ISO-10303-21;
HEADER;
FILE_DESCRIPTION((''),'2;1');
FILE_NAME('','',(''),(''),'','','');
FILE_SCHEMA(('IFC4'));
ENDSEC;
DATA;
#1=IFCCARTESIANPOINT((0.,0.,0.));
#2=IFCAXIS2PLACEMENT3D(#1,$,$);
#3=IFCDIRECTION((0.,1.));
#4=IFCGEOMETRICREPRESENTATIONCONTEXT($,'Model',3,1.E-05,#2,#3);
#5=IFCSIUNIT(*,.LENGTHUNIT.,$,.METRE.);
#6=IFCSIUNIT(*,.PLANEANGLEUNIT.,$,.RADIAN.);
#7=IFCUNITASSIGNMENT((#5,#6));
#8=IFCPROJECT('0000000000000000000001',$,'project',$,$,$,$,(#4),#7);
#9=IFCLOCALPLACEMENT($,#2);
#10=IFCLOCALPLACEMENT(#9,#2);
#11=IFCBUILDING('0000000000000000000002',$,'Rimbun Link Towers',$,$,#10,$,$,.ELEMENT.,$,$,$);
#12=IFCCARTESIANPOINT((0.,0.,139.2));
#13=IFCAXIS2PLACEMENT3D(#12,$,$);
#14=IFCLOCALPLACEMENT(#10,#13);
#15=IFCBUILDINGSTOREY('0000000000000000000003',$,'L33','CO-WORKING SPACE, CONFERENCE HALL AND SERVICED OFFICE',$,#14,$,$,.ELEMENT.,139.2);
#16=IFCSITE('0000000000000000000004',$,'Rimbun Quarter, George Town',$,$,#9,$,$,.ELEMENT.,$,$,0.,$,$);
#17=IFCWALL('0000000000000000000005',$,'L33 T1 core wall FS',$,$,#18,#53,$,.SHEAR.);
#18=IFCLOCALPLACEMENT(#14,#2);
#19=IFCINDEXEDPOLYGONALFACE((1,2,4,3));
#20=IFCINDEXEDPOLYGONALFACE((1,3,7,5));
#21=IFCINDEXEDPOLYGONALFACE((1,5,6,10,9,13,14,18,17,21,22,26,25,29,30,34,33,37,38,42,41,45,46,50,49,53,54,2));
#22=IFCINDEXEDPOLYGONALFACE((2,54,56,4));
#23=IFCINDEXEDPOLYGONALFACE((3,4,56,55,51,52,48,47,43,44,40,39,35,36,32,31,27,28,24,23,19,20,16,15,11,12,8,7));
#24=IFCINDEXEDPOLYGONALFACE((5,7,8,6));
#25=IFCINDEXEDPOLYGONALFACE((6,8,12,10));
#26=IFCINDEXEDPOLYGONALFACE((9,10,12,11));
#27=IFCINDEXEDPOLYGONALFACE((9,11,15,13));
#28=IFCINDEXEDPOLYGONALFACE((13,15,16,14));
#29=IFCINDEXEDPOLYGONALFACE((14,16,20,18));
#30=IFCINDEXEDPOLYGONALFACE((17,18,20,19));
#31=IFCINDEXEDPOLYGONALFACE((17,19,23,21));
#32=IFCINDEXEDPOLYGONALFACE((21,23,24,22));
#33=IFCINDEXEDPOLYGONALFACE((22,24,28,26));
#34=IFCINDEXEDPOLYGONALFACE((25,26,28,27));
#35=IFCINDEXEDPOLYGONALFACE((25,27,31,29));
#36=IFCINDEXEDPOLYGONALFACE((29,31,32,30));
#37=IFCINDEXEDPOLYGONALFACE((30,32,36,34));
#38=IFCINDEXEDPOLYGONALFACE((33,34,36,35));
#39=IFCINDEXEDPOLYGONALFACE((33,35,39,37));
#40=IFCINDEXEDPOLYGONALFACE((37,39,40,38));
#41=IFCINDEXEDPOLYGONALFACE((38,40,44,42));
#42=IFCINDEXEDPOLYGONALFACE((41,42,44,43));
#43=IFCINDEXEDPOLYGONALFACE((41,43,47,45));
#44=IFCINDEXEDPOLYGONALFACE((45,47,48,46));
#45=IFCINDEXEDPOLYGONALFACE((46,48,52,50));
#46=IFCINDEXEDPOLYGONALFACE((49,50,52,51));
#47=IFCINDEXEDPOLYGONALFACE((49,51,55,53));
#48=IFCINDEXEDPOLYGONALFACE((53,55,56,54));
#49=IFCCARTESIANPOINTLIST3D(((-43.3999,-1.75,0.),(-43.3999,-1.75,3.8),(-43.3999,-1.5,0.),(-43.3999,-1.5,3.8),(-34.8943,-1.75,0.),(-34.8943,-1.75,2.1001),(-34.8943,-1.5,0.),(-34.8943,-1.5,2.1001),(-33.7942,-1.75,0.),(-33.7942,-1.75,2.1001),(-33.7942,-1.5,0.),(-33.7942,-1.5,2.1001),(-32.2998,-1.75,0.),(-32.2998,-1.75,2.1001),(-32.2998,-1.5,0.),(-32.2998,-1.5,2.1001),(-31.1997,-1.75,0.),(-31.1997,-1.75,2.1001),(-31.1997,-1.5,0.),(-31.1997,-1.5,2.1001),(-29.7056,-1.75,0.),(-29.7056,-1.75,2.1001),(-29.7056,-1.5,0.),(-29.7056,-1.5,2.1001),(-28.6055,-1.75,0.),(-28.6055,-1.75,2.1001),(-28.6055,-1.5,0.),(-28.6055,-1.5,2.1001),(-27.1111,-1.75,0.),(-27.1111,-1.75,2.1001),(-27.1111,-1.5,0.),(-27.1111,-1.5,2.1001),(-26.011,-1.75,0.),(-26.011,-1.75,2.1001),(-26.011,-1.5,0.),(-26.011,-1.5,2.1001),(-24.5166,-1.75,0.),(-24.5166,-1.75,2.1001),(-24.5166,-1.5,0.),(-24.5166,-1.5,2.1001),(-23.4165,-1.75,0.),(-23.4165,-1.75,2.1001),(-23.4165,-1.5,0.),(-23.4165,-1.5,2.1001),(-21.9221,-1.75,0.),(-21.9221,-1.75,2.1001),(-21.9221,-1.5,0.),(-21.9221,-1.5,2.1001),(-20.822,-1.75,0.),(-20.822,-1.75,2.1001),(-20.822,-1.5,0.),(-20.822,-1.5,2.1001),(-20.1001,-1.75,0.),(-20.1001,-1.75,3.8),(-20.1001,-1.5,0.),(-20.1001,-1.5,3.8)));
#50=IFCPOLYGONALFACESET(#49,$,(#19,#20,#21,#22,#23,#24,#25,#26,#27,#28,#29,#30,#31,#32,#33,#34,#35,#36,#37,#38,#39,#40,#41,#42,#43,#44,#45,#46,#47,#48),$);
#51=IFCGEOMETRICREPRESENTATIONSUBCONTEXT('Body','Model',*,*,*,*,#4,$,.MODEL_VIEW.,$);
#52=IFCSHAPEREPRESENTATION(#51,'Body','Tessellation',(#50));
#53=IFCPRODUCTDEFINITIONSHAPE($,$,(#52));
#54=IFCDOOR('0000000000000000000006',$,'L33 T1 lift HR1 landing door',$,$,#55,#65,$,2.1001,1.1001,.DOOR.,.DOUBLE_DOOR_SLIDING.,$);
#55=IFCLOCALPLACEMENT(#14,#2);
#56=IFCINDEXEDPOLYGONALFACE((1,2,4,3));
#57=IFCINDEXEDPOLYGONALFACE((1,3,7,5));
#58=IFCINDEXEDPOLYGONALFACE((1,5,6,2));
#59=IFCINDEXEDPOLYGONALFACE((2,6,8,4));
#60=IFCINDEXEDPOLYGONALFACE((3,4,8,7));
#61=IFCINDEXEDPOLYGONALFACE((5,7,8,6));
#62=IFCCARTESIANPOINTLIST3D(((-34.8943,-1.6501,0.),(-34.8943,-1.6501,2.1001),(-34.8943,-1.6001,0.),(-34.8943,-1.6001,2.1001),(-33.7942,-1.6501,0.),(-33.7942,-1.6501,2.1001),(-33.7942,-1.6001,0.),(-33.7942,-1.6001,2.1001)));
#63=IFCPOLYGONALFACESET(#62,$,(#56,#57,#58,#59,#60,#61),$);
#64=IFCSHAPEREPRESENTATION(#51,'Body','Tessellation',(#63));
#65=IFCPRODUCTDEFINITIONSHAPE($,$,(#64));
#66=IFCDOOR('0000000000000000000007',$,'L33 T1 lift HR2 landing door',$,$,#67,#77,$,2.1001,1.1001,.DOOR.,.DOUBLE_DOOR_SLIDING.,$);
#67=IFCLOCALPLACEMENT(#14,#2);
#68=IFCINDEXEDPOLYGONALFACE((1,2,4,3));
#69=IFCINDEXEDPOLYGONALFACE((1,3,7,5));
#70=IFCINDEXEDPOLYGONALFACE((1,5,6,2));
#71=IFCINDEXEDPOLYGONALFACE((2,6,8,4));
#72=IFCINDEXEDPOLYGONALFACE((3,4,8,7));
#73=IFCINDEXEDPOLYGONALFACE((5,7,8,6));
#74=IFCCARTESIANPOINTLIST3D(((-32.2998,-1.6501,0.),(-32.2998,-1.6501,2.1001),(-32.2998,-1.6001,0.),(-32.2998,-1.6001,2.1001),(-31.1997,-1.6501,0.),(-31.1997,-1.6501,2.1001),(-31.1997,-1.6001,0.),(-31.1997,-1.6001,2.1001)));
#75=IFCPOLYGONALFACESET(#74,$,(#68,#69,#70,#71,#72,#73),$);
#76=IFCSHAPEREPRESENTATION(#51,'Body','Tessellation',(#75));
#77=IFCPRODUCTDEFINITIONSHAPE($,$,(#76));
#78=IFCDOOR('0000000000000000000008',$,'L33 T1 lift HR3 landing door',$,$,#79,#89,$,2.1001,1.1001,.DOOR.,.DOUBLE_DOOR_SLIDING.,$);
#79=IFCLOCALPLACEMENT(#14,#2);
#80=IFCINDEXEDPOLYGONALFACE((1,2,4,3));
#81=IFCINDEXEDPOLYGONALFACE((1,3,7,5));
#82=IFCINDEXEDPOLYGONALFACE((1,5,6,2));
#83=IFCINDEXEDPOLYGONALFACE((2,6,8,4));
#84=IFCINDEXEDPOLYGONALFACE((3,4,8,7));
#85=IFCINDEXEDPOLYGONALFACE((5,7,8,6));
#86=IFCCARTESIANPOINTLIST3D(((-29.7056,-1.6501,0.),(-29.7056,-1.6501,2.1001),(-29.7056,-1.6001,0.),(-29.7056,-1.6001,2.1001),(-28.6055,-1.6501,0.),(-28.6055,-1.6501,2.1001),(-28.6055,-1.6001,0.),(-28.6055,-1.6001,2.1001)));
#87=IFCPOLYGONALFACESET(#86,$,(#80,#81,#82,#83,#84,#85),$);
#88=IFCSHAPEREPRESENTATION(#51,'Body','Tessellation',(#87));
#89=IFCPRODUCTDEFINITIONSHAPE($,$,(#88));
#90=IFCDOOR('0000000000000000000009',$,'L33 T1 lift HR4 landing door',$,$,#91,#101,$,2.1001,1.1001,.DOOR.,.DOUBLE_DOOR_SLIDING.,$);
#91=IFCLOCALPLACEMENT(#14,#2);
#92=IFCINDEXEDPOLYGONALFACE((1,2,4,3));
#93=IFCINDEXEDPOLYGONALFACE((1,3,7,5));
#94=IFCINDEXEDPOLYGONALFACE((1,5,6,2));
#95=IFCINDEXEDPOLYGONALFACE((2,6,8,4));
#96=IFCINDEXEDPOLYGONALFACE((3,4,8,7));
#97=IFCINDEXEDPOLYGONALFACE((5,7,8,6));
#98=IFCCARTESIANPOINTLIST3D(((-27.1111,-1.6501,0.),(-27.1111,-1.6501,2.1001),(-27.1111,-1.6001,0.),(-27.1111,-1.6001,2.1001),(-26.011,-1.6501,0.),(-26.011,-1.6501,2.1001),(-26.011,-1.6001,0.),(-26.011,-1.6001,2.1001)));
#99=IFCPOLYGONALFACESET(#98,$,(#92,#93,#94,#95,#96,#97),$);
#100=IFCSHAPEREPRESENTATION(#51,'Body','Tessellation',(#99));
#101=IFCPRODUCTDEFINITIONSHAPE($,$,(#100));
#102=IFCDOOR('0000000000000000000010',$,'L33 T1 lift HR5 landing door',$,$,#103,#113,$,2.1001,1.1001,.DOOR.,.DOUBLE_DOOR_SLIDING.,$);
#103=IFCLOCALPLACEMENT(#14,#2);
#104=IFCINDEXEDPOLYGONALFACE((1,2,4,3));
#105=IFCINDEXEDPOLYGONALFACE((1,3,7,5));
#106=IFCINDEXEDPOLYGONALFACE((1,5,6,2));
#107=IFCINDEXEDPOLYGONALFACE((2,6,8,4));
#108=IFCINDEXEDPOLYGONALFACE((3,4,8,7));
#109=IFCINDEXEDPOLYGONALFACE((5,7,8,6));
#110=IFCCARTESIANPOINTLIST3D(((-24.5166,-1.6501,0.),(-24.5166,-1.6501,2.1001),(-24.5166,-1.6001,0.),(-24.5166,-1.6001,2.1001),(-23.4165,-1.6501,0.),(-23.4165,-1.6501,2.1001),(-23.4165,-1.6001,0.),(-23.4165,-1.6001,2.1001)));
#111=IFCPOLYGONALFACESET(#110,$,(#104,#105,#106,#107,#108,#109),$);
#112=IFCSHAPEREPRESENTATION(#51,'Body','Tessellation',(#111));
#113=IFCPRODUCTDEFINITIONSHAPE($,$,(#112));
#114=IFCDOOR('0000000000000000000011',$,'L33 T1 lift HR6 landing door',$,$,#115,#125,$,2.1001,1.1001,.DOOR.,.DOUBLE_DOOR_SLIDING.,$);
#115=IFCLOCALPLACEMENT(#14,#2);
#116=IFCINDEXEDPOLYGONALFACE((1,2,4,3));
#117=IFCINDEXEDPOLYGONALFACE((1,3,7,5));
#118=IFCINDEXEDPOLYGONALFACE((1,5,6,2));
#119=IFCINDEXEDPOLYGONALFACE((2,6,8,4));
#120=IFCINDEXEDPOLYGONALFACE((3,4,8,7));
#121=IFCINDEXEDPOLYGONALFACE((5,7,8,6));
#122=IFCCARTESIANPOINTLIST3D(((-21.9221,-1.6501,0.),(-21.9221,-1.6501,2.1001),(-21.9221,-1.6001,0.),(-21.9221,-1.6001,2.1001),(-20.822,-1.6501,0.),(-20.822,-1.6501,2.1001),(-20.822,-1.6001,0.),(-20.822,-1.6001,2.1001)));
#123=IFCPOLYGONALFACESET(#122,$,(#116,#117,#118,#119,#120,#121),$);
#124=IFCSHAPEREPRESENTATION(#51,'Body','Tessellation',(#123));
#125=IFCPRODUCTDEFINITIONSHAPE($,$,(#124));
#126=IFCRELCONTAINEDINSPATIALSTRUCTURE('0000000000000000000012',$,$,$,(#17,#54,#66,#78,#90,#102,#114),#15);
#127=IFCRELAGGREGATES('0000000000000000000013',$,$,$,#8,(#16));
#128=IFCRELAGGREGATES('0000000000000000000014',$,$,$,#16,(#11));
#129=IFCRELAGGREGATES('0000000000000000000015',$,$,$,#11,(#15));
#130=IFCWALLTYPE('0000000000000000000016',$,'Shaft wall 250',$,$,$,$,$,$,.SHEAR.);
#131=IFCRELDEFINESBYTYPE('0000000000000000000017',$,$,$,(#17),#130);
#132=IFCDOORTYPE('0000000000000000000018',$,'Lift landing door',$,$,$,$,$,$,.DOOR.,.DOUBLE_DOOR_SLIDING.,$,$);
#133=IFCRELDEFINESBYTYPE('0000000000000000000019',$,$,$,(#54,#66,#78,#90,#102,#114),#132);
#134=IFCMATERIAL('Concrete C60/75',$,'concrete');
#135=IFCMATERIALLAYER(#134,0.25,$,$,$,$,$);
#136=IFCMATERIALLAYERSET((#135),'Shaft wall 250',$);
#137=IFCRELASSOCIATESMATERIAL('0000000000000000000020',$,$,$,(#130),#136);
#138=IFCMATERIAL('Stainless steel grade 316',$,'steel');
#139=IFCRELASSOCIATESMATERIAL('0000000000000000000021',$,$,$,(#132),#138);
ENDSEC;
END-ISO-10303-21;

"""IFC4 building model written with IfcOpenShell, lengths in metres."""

from ifc_helpers import new_model, si_unit, direction, frame, frame_2d, origin, place, context, subcontext, project, spatial, rectangle, extrude, material, layer, layer_set, type_object, element, fill, save


model = new_model("IFC4")

# Units and contexts
model_context = context("Model", 3, precision=1e-05, world=origin(), true_north=direction((0.0, 1.0)))
body_context = subcontext(model_context, "Body", "Model", "MODEL_VIEW")
ifc_project = project(units=[si_unit("LENGTHUNIT", "METRE"), si_unit("PLANEANGLEUNIT", "RADIAN")], contexts=[model_context])

# Site, building, storey
site_placement = place(None, origin())
site = spatial("IfcSite", under=ifc_project, at=site_placement, Name="Rimbun Quarter, George Town", CompositionType="ELEMENT", RefElevation=0.0)
building_placement = place(site_placement, origin())
building = spatial("IfcBuilding", under=site, at=building_placement, Name="Rimbun Link Towers", CompositionType="ELEMENT")
storey_placement = place(building_placement, frame((0.0, 0.0, 139.2)))
storey = spatial("IfcBuildingStorey", under=building, at=storey_placement, Name="L33", Description="CO-WORKING SPACE, CONFERENCE HALL AND SERVICED OFFICE", CompositionType="ELEMENT", Elevation=139.2)

# Shared definitions
ifc_material_1 = material(Name="Concrete C60/75", Category="concrete")
ifc_layer_1 = layer(ifc_material_1, 0.25)
ifc_layer_set_1 = layer_set([ifc_layer_1], Name="Shaft wall 250")
wall_type_1 = type_object("IfcWallType", Name="Shaft wall 250", PredefinedType="SHEAR", material=ifc_layer_set_1)

# Wall, openings, doors
wall_1_placement = place(storey_placement, frame((-43.3999, -1.625, 0.0), z_axis=(0.0, 0.0, 1.0), x_axis=(1.0, 0.0, 0.0)))
wall_1 = element("IfcWall", 1, at=wall_1_placement, inside=storey, type_object=wall_type_1, Name="L33 T1 core wall FS", PredefinedType="SHEAR", context=body_context, shape_type="SweptSolid", body=[
    extrude(rectangle(XDim=23.2998, YDim=0.25, at=frame_2d((11.6499, 0.0))), origin(), (0.0, 0.0, 1.0), 3.8),
])
opening_1_placement = place(wall_1_placement, frame((8.5056, 0.0, 0.0)))
opening_1 = element("IfcOpeningElement", 2, at=opening_1_placement, cuts=wall_1, PredefinedType="OPENING", context=body_context, shape_type="SweptSolid", body=[
    extrude(rectangle(XDim=1.1001, YDim=2.1001, at=frame_2d((0.55, 1.05))), frame((0.0, 0.135, 0.0), z_axis=(0.0, -1.0, 0.0), x_axis=(1.0, 0.0, 0.0)), (0.0, 0.0, 1.0), 0.27),
])
opening_2_placement = place(wall_1_placement, frame((11.1001, 0.0, 0.0)))
opening_2 = element("IfcOpeningElement", 3, at=opening_2_placement, cuts=wall_1, PredefinedType="OPENING", context=body_context, shape_type="SweptSolid", body=[
    extrude(rectangle(XDim=1.1001, YDim=2.1001, at=frame_2d((0.55, 1.05))), frame((0.0, 0.135, 0.0), z_axis=(0.0, -1.0, 0.0), x_axis=(1.0, 0.0, 0.0)), (0.0, 0.0, 1.0), 0.27),
])
opening_3_placement = place(wall_1_placement, frame((13.6943, 0.0, 0.0)))
opening_3 = element("IfcOpeningElement", 4, at=opening_3_placement, cuts=wall_1, PredefinedType="OPENING", context=body_context, shape_type="SweptSolid", body=[
    extrude(rectangle(XDim=1.1001, YDim=2.1001, at=frame_2d((0.55, 1.05))), frame((0.0, 0.135, 0.0), z_axis=(0.0, -1.0, 0.0), x_axis=(1.0, 0.0, 0.0)), (0.0, 0.0, 1.0), 0.27),
])
opening_4_placement = place(wall_1_placement, frame((16.2888, 0.0, 0.0)))
opening_4 = element("IfcOpeningElement", 5, at=opening_4_placement, cuts=wall_1, PredefinedType="OPENING", context=body_context, shape_type="SweptSolid", body=[
    extrude(rectangle(XDim=1.1001, YDim=2.1001, at=frame_2d((0.55, 1.05))), frame((0.0, 0.135, 0.0), z_axis=(0.0, -1.0, 0.0), x_axis=(1.0, 0.0, 0.0)), (0.0, 0.0, 1.0), 0.27),
])
opening_5_placement = place(wall_1_placement, frame((18.8833, 0.0, 0.0)))
opening_5 = element("IfcOpeningElement", 6, at=opening_5_placement, cuts=wall_1, PredefinedType="OPENING", context=body_context, shape_type="SweptSolid", body=[
    extrude(rectangle(XDim=1.1001, YDim=2.1001, at=frame_2d((0.55, 1.05))), frame((0.0, 0.135, 0.0), z_axis=(0.0, -1.0, 0.0), x_axis=(1.0, 0.0, 0.0)), (0.0, 0.0, 1.0), 0.27),
])
opening_6_placement = place(wall_1_placement, frame((21.4778, 0.0, 0.0)))
opening_6 = element("IfcOpeningElement", 7, at=opening_6_placement, cuts=wall_1, PredefinedType="OPENING", context=body_context, shape_type="SweptSolid", body=[
    extrude(rectangle(XDim=1.1001, YDim=2.1001, at=frame_2d((0.55, 1.05))), frame((0.0, 0.135, 0.0), z_axis=(0.0, -1.0, 0.0), x_axis=(1.0, 0.0, 0.0)), (0.0, 0.0, 1.0), 0.27),
])
ifc_material_2 = material(Name="Stainless steel grade 316", Category="steel")
door_type_1 = type_object("IfcDoorType", Name="Lift landing door", OperationType="DOUBLE_DOOR_SLIDING", PredefinedType="DOOR", material=ifc_material_2)
door_1_placement = place(opening_1_placement, origin())
door_1 = element("IfcDoor", 8, at=door_1_placement, inside=storey, type_object=door_type_1, Name="L33 T1 lift HR1 landing door", OperationType="DOUBLE_DOOR_SLIDING", OverallHeight=2.1001, OverallWidth=1.1001, PredefinedType="DOOR", context=body_context, shape_type="SweptSolid", body=[
    extrude(rectangle(XDim=1.1001, YDim=2.1001, at=frame_2d((0.55, 1.05))), frame((0.0, 0.0249, 0.0), z_axis=(0.0, -1.0, 0.0), x_axis=(1.0, 0.0, 0.0)), (0.0, 0.0, 1.0), 0.05),
])
fill(opening_1, door_1)
door_2_placement = place(opening_2_placement, origin())
door_2 = element("IfcDoor", 9, at=door_2_placement, inside=storey, type_object=door_type_1, Name="L33 T1 lift HR2 landing door", OperationType="DOUBLE_DOOR_SLIDING", OverallHeight=2.1001, OverallWidth=1.1001, PredefinedType="DOOR", context=body_context, shape_type="SweptSolid", body=[
    extrude(rectangle(XDim=1.1001, YDim=2.1001, at=frame_2d((0.55, 1.05))), frame((0.0, 0.0249, 0.0), z_axis=(0.0, -1.0, 0.0), x_axis=(1.0, 0.0, 0.0)), (0.0, 0.0, 1.0), 0.05),
])
fill(opening_2, door_2)
door_3_placement = place(opening_3_placement, origin())
door_3 = element("IfcDoor", 10, at=door_3_placement, inside=storey, type_object=door_type_1, Name="L33 T1 lift HR3 landing door", OperationType="DOUBLE_DOOR_SLIDING", OverallHeight=2.1001, OverallWidth=1.1001, PredefinedType="DOOR", context=body_context, shape_type="SweptSolid", body=[
    extrude(rectangle(XDim=1.1001, YDim=2.1001, at=frame_2d((0.55, 1.05))), frame((0.0, 0.0249, 0.0), z_axis=(0.0, -1.0, 0.0), x_axis=(1.0, 0.0, 0.0)), (0.0, 0.0, 1.0), 0.05),
])
fill(opening_3, door_3)
door_4_placement = place(opening_4_placement, origin())
door_4 = element("IfcDoor", 11, at=door_4_placement, inside=storey, type_object=door_type_1, Name="L33 T1 lift HR4 landing door", OperationType="DOUBLE_DOOR_SLIDING", OverallHeight=2.1001, OverallWidth=1.1001, PredefinedType="DOOR", context=body_context, shape_type="SweptSolid", body=[
    extrude(rectangle(XDim=1.1001, YDim=2.1001, at=frame_2d((0.55, 1.05))), frame((0.0, 0.0249, 0.0), z_axis=(0.0, -1.0, 0.0), x_axis=(1.0, 0.0, 0.0)), (0.0, 0.0, 1.0), 0.05),
])
fill(opening_4, door_4)
door_5_placement = place(opening_5_placement, origin())
door_5 = element("IfcDoor", 12, at=door_5_placement, inside=storey, type_object=door_type_1, Name="L33 T1 lift HR5 landing door", OperationType="DOUBLE_DOOR_SLIDING", OverallHeight=2.1001, OverallWidth=1.1001, PredefinedType="DOOR", context=body_context, shape_type="SweptSolid", body=[
    extrude(rectangle(XDim=1.1001, YDim=2.1001, at=frame_2d((0.55, 1.05))), frame((0.0, 0.0249, 0.0), z_axis=(0.0, -1.0, 0.0), x_axis=(1.0, 0.0, 0.0)), (0.0, 0.0, 1.0), 0.05),
])
fill(opening_5, door_5)
door_6_placement = place(opening_6_placement, origin())
door_6 = element("IfcDoor", 13, at=door_6_placement, inside=storey, type_object=door_type_1, Name="L33 T1 lift HR6 landing door", OperationType="DOUBLE_DOOR_SLIDING", OverallHeight=2.1001, OverallWidth=1.1001, PredefinedType="DOOR", context=body_context, shape_type="SweptSolid", body=[
    extrude(rectangle(XDim=1.1001, YDim=2.1001, at=frame_2d((0.55, 1.05))), frame((0.0, 0.0249, 0.0), z_axis=(0.0, -1.0, 0.0), x_axis=(1.0, 0.0, 0.0)), (0.0, 0.0, 1.0), 0.05),
])
fill(opening_6, door_6)

save(model, "model.ifc")
